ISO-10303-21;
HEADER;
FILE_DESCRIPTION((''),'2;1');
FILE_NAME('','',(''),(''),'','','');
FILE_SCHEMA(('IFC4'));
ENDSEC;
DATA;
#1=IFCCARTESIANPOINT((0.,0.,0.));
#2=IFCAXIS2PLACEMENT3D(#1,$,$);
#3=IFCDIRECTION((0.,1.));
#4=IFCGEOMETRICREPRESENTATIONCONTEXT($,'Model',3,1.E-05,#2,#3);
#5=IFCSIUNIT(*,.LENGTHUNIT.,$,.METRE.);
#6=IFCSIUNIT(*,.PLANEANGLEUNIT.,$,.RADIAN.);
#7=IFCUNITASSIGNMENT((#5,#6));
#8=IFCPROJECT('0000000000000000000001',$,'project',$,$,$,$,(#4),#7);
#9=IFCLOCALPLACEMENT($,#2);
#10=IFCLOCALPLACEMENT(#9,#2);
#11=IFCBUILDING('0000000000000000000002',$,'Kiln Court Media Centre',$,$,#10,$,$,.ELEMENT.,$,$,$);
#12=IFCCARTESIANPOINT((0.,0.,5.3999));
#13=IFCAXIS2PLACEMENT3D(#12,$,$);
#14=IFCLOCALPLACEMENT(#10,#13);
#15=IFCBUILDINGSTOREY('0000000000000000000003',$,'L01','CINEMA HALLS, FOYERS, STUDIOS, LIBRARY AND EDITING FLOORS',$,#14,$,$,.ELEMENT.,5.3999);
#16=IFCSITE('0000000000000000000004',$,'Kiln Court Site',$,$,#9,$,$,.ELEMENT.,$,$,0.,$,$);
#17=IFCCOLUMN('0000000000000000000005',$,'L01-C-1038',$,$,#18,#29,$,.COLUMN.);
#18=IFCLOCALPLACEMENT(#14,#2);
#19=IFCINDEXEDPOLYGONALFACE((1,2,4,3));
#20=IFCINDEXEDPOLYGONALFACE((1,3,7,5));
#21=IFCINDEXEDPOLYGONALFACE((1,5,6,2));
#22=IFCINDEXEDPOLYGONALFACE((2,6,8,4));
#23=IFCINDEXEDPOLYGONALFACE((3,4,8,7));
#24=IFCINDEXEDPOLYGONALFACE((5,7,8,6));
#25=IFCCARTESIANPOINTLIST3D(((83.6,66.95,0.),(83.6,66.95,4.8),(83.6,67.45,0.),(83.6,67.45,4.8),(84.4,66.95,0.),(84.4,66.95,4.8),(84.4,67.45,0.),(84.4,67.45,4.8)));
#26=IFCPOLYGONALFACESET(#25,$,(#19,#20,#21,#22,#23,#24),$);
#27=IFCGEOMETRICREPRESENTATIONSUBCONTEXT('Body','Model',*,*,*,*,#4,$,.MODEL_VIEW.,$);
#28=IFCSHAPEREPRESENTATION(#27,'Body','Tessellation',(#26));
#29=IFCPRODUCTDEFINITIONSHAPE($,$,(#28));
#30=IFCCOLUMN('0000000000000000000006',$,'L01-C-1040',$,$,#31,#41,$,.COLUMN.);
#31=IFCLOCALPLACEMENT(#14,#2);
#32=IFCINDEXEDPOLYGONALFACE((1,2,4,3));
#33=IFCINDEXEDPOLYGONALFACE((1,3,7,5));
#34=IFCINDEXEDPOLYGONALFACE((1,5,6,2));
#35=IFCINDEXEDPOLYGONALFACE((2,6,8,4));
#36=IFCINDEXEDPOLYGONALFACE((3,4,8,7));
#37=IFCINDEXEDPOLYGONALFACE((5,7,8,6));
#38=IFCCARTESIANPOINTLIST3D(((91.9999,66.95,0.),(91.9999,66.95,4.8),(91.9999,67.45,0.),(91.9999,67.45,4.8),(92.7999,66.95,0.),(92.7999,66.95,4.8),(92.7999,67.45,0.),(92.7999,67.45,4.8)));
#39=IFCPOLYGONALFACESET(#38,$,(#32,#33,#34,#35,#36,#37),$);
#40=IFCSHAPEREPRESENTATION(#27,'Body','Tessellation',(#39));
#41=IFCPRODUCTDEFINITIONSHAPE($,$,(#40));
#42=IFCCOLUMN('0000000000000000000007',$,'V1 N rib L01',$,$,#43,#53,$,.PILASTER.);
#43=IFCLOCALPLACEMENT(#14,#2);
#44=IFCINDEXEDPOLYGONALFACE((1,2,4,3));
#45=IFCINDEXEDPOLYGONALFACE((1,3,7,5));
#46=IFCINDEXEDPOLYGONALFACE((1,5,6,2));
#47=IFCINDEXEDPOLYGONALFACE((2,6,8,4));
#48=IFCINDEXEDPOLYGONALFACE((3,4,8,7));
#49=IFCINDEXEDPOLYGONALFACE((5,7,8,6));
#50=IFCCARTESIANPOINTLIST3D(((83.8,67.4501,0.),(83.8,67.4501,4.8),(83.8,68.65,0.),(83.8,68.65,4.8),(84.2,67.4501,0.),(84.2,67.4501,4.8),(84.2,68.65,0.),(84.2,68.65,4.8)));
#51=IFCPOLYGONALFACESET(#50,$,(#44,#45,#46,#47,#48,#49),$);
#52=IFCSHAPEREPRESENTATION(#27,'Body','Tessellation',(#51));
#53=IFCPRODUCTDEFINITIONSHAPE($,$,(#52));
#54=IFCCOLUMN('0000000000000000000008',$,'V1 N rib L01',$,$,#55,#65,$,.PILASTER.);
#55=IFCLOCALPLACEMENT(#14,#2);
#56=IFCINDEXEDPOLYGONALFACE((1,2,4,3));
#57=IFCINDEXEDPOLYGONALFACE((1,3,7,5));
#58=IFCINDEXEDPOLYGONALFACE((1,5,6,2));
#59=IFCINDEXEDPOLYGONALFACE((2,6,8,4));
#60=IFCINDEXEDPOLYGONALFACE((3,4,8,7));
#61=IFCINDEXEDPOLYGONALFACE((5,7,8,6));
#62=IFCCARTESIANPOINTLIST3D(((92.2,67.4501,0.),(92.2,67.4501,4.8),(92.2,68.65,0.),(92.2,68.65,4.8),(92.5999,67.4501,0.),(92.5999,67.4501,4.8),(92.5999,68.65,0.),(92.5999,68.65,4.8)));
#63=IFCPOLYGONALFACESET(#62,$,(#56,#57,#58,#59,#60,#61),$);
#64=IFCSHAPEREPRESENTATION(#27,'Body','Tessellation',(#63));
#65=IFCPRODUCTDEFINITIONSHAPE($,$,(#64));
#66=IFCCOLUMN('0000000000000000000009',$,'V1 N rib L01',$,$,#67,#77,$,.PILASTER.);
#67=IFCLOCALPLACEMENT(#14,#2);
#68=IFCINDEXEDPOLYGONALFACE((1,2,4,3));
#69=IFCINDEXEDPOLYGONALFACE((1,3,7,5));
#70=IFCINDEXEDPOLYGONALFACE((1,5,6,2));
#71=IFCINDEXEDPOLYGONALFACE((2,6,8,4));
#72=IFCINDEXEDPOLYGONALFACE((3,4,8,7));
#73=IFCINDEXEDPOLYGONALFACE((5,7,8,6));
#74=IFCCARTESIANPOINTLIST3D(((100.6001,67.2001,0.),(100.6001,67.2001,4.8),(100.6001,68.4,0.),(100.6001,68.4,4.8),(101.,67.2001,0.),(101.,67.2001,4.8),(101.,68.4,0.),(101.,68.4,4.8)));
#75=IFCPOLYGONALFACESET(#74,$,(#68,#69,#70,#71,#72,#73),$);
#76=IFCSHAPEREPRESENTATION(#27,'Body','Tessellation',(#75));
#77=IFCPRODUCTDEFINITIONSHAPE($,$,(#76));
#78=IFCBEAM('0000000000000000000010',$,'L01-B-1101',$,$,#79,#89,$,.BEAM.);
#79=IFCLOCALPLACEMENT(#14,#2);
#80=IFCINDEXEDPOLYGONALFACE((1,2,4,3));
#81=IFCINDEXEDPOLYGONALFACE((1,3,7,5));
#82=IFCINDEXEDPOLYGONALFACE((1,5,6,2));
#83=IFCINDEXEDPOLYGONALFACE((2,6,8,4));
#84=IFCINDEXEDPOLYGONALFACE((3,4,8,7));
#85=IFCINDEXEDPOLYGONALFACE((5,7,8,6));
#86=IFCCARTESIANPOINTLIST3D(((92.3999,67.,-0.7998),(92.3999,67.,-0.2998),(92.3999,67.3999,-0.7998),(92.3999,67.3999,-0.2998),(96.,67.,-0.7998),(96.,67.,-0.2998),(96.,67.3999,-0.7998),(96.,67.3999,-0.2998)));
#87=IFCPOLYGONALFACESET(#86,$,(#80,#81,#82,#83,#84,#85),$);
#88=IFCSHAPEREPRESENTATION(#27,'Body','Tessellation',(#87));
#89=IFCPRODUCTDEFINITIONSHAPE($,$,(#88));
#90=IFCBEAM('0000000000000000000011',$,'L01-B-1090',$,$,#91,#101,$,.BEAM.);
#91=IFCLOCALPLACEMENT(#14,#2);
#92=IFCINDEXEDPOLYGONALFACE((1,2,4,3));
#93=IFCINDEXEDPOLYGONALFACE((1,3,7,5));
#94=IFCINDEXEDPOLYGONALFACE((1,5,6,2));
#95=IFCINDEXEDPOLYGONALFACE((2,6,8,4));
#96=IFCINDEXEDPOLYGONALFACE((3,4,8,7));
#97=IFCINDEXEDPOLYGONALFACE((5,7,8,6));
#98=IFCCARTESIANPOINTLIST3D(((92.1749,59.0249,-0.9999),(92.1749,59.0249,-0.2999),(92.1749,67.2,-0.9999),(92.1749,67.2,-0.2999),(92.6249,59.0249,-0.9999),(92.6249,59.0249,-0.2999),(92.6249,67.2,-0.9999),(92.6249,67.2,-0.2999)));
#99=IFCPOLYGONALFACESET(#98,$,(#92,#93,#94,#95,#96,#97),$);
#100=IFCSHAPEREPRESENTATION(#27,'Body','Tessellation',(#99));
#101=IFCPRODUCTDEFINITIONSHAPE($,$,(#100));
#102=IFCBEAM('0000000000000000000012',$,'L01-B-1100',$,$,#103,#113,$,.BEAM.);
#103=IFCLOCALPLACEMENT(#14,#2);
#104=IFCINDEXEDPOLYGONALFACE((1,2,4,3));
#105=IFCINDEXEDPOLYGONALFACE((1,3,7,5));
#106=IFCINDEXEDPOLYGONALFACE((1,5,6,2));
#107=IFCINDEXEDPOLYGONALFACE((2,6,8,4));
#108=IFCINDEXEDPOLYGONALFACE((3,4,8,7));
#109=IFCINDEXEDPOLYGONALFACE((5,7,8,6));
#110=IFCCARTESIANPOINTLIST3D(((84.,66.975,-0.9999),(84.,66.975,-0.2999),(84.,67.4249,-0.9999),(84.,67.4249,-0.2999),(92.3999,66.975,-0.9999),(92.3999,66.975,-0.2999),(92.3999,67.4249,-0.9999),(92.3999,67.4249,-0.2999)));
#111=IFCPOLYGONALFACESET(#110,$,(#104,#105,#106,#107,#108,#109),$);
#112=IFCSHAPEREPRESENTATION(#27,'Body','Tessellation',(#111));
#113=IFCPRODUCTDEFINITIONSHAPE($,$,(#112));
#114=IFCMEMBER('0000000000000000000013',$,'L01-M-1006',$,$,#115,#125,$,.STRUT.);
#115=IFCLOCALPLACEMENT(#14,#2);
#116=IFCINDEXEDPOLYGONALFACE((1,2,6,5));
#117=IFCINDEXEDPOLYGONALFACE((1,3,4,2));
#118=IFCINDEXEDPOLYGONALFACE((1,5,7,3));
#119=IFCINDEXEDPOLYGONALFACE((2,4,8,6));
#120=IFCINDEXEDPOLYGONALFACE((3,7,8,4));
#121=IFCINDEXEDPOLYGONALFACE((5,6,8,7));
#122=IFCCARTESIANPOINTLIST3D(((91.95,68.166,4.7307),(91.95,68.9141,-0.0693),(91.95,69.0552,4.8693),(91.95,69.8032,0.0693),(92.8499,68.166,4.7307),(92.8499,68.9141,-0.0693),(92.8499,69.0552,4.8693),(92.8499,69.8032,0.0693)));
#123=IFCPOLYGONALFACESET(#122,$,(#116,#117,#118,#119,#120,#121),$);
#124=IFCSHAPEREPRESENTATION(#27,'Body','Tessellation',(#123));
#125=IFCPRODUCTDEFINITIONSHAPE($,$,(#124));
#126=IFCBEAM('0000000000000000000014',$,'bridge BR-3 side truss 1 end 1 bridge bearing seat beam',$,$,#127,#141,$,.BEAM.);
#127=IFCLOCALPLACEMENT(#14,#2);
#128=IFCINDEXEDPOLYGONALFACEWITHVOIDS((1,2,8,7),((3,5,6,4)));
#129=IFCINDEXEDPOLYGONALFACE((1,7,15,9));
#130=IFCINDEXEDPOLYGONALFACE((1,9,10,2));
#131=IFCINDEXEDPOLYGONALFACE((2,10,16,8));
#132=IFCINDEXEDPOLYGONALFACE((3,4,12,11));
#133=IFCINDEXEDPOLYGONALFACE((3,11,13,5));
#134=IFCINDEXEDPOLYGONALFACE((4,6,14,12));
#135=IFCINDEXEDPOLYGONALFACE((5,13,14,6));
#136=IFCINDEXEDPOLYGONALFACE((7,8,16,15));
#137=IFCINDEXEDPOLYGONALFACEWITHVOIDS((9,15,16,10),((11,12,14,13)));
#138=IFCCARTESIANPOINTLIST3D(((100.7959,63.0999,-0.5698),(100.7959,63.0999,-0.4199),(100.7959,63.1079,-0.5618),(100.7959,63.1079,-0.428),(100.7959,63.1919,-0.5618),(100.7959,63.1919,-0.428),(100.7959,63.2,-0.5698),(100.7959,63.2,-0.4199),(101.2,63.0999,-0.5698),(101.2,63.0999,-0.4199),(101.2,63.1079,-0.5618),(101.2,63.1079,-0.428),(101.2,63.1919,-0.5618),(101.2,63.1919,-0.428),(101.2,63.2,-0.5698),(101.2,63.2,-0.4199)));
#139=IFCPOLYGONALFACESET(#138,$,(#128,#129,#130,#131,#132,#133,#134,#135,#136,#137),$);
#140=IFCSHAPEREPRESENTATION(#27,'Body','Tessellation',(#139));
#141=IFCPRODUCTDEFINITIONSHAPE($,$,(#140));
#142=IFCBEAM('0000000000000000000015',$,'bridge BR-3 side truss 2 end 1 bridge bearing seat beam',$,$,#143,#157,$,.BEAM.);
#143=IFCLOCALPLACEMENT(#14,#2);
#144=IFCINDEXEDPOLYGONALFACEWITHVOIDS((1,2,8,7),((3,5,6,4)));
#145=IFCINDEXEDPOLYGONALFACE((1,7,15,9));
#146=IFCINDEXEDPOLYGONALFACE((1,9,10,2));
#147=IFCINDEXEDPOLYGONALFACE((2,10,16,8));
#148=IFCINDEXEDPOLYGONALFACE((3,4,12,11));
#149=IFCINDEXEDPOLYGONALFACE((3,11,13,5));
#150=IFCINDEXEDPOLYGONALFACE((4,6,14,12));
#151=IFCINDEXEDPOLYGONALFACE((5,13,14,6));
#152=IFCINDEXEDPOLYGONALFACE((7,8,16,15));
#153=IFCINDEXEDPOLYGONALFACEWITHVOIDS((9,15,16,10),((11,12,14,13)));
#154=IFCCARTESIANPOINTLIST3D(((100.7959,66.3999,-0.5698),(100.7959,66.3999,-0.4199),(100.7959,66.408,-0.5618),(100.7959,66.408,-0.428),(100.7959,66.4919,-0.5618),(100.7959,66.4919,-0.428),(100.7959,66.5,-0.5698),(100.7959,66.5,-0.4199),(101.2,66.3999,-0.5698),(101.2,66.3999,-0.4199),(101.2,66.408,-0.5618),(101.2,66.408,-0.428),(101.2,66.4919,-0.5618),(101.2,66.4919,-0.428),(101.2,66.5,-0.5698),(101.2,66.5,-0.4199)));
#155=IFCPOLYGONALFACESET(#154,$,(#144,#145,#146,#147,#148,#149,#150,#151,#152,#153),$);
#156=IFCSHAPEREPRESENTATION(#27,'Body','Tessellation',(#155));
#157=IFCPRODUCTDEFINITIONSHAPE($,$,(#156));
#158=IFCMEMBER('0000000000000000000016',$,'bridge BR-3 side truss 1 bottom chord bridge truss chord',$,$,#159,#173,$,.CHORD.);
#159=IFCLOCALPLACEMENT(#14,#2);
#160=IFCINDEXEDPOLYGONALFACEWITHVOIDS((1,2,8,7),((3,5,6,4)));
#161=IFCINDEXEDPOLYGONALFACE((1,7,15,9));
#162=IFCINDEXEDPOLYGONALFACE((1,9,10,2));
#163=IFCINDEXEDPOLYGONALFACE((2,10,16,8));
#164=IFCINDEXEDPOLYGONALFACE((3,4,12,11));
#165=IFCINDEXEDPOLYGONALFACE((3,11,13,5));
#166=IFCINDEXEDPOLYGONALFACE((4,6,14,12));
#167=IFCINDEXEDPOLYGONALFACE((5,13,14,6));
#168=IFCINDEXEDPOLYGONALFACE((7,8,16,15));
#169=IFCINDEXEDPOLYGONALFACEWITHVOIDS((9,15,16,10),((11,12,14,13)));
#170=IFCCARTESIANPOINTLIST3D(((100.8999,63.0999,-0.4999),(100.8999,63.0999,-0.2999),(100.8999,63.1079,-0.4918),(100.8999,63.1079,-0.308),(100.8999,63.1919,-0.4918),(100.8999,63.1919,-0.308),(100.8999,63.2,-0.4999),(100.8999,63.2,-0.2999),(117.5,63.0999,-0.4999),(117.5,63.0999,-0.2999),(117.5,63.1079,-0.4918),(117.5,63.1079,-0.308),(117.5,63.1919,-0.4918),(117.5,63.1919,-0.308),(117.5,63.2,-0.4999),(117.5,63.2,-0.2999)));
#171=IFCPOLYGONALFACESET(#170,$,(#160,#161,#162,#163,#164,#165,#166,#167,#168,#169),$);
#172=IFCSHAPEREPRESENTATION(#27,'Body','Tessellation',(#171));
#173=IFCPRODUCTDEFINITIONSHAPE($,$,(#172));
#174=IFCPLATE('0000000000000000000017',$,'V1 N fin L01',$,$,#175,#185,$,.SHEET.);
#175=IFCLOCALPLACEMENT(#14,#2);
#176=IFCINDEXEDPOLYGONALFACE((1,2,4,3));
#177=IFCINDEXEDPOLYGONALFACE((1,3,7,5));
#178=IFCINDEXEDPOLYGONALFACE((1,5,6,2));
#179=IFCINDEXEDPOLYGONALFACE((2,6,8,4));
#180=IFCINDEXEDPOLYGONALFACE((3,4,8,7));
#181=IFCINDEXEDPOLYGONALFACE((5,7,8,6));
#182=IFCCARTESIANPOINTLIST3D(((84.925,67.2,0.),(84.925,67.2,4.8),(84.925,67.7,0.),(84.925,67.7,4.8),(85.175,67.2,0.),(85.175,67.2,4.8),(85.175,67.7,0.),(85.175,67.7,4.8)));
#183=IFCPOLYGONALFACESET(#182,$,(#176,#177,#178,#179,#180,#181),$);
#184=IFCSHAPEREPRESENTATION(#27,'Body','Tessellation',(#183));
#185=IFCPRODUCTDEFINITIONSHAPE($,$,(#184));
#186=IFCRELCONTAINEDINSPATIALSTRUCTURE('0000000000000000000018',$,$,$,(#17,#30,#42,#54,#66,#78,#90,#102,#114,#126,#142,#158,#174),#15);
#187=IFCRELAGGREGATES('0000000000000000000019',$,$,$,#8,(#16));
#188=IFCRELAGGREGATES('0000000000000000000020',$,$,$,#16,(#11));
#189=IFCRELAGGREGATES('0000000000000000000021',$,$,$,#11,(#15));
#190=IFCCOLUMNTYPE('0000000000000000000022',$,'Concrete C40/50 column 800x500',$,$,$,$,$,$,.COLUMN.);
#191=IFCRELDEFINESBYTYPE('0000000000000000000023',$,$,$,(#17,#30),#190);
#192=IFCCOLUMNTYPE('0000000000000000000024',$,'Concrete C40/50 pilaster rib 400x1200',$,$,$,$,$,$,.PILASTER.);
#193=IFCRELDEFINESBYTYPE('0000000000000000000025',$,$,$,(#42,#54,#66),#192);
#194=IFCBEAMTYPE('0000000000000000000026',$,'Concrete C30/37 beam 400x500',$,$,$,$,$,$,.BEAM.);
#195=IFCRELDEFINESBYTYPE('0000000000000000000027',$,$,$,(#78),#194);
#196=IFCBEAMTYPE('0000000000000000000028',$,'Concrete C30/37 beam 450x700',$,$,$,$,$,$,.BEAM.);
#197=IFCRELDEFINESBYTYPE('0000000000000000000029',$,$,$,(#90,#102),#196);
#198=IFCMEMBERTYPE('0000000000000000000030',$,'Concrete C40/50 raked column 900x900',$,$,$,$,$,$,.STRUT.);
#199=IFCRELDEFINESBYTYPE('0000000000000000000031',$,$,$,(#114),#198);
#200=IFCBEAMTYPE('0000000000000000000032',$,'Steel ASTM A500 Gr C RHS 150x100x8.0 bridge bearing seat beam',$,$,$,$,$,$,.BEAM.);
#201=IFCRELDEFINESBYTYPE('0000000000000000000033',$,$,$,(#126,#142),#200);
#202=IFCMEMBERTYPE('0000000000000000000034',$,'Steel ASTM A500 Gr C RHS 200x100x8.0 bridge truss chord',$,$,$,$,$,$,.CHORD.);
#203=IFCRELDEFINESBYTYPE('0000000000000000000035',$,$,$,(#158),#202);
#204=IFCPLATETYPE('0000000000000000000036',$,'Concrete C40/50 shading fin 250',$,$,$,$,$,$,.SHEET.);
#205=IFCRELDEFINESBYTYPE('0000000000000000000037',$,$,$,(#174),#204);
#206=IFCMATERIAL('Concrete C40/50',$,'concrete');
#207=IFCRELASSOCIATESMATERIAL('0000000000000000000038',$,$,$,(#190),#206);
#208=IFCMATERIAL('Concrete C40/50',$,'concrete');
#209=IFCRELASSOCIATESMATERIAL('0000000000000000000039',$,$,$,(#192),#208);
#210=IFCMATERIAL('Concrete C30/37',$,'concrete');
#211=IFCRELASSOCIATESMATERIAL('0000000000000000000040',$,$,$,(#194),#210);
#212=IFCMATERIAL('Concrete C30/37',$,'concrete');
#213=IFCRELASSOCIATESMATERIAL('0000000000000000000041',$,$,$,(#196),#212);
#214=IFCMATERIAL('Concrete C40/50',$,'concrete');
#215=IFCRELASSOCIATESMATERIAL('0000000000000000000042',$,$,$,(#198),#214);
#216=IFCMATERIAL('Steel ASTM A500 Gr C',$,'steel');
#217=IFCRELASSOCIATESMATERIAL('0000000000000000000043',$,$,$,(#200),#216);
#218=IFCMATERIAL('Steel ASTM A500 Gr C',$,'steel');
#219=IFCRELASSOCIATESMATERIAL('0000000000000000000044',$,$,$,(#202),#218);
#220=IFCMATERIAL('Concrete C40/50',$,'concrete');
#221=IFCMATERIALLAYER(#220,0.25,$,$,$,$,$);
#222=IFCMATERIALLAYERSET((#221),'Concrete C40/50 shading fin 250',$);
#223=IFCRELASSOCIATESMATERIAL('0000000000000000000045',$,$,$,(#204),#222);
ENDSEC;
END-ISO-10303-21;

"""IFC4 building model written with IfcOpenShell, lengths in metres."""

from ifc_helpers import new_model, si_unit, direction, frame, origin, origin_2d, place, context, subcontext, project, spatial, rectangle, hollow_rectangle, extrude, material, layer, layer_set, material_profile, profile_set, type_object, element, save


model = new_model("IFC4")

# Units and contexts
model_context = context("Model", 3, precision=1e-05, world=origin(), true_north=direction((0.0, 1.0)))
body_context = subcontext(model_context, "Body", "Model", "MODEL_VIEW")
ifc_project = project(units=[si_unit("LENGTHUNIT", "METRE"), si_unit("PLANEANGLEUNIT", "RADIAN")], contexts=[model_context])

# Site, building, storey
site_placement = place(None, origin())
site = spatial("IfcSite", under=ifc_project, at=site_placement, Name="Kiln Court Site", CompositionType="ELEMENT", RefElevation=0.0)
building_placement = place(site_placement, origin())
building = spatial("IfcBuilding", under=site, at=building_placement, Name="Kiln Court Media Centre", CompositionType="ELEMENT")
storey_placement = place(building_placement, frame((0.0, 0.0, 5.3999)))
storey = spatial("IfcBuildingStorey", under=building, at=storey_placement, Name="L01", Description="CINEMA HALLS, FOYERS, STUDIOS, LIBRARY AND EDITING FLOORS", CompositionType="ELEMENT", Elevation=5.3999)

# Columns
ifc_material_1 = material(Name="Concrete C40/50", Category="concrete")
ifc_material_profile_1 = material_profile(ifc_material_1, rectangle(XDim=0.8, YDim=0.5, at=origin_2d()), Name="RC 800x500")
ifc_profile_set_1 = profile_set([ifc_material_profile_1], Name="Concrete C40/50")
column_type_1 = type_object("IfcColumnType", Name="Concrete C40/50 column 800x500", PredefinedType="COLUMN", material=ifc_profile_set_1)
for number, where, z_axis, x_axis, name in (
    (1, (84.0, 67.2, 0.0), (0.0, 0.0, 1.0), (1.0, 0.0, 0.0), "L01-C-1038"),
    (2, (92.3999, 67.2, 0.0), (0.0, 0.0, 1.0), (1.0, 0.0, 0.0), "L01-C-1040"),
):
    element("IfcColumn", number, at=place(storey_placement, frame(where, z_axis=z_axis, x_axis=x_axis)), inside=storey, type_object=column_type_1, Name=name, PredefinedType="COLUMN", context=body_context, shape_type="SweptSolid", body=[
        extrude(rectangle(XDim=0.8, YDim=0.5, at=origin_2d()), origin(), (0.0, 0.0, 1.0), 4.8),
    ])
ifc_material_2 = material(Name="Concrete C40/50", Category="concrete")
ifc_material_profile_2 = material_profile(ifc_material_2, rectangle(XDim=0.3999, YDim=1.2, at=origin_2d()), Name="RC 400x1200")
ifc_profile_set_2 = profile_set([ifc_material_profile_2], Name="Concrete C40/50")
column_type_2 = type_object("IfcColumnType", Name="Concrete C40/50 pilaster rib 400x1200", PredefinedType="PILASTER", material=ifc_profile_set_2)
for number, where, z_axis, x_axis, name in (
    (3, (84.0, 68.05, 0.0), (0.0, 0.0, 1.0), (1.0, 0.0, 0.0), "V1 N rib L01"),
    (4, (92.3999, 68.05, 0.0), (0.0, 0.0, 1.0), (1.0, 0.0, 0.0), "V1 N rib L01"),
    (5, (100.8, 67.8, 0.0), (0.0, 0.0, 1.0), (1.0, 0.0, 0.0), "V1 N rib L01"),
):
    element("IfcColumn", number, at=place(storey_placement, frame(where, z_axis=z_axis, x_axis=x_axis)), inside=storey, type_object=column_type_2, Name=name, PredefinedType="PILASTER", context=body_context, shape_type="SweptSolid", body=[
        extrude(rectangle(XDim=0.3999, YDim=1.2, at=origin_2d()), origin(), (0.0, 0.0, 1.0), 4.8),
    ])

# Beams
ifc_material_3 = material(Name="Concrete C30/37", Category="concrete")
ifc_material_profile_3 = material_profile(ifc_material_3, rectangle(XDim=0.3999, YDim=0.5, at=origin_2d()), Name="RC 400x500")
ifc_profile_set_3 = profile_set([ifc_material_profile_3], Name="Concrete C30/37")
beam_type_1 = type_object("IfcBeamType", Name="Concrete C30/37 beam 400x500", PredefinedType="BEAM", material=ifc_profile_set_3)
beam_1_placement = place(storey_placement, frame((92.3999, 67.2, -0.5498), z_axis=(1.0, 0.0, 0.0), x_axis=(0.0, 1.0, 0.0)))
element("IfcBeam", 6, at=beam_1_placement, inside=storey, type_object=beam_type_1, Name="L01-B-1101", PredefinedType="BEAM", context=body_context, shape_type="SweptSolid", body=[
    extrude(rectangle(XDim=0.3999, YDim=0.5, at=origin_2d()), origin(), (0.0, 0.0, 1.0), 3.6001),
])
ifc_material_4 = material(Name="Concrete C30/37", Category="concrete")
ifc_material_profile_4 = material_profile(ifc_material_4, rectangle(XDim=0.45, YDim=0.7, at=origin_2d()), Name="RC 450x700")
ifc_profile_set_4 = profile_set([ifc_material_profile_4], Name="Concrete C30/37")
beam_type_2 = type_object("IfcBeamType", Name="Concrete C30/37 beam 450x700", PredefinedType="BEAM", material=ifc_profile_set_4)
beam_2_placement = place(storey_placement, frame((92.3999, 59.0249, -0.6499), z_axis=(0.0, 1.0, 0.0), x_axis=(-1.0, 0.0, 0.0)))
element("IfcBeam", 7, at=beam_2_placement, inside=storey, type_object=beam_type_2, Name="L01-B-1090", PredefinedType="BEAM", context=body_context, shape_type="SweptSolid", body=[
    extrude(rectangle(XDim=0.45, YDim=0.7, at=origin_2d()), origin(), (0.0, 0.0, 1.0), 8.175),
])
beam_3_placement = place(storey_placement, frame((84.0, 67.2, -0.6499), z_axis=(1.0, 0.0, 0.0), x_axis=(0.0, 1.0, 0.0)))
element("IfcBeam", 8, at=beam_3_placement, inside=storey, type_object=beam_type_2, Name="L01-B-1100", PredefinedType="BEAM", context=body_context, shape_type="SweptSolid", body=[
    extrude(rectangle(XDim=0.45, YDim=0.7, at=origin_2d()), origin(), (0.0, 0.0, 1.0), 8.3999),
])

# Member
ifc_material_5 = material(Name="Concrete C40/50", Category="concrete")
ifc_material_profile_5 = material_profile(ifc_material_5, rectangle(XDim=0.8999, YDim=0.8999, at=origin_2d()), Name="RC 900x900")
ifc_profile_set_5 = profile_set([ifc_material_profile_5], Name="Concrete C40/50")
member_type_1 = type_object("IfcMemberType", Name="Concrete C40/50 raked column 900x900", PredefinedType="STRUT", material=ifc_profile_set_5)
member_1_placement = place(storey_placement, frame((92.3999, 69.3586, 0.0), z_axis=(0.0, -0.153983, 0.988074), x_axis=(1.0, 0.0, 0.0)))
element("IfcMember", 9, at=member_1_placement, inside=storey, type_object=member_type_1, Name="L01-M-1006", PredefinedType="STRUT", context=body_context, shape_type="SweptSolid", body=[
    extrude(rectangle(XDim=0.8999, YDim=0.8999, at=origin_2d()), origin(), (0.0, 0.0, 1.0), 4.8579),
])

# Beams
ifc_material_6 = material(Name="Steel ASTM A500 Gr C", Category="steel")
ifc_material_profile_6 = material_profile(ifc_material_6, hollow_rectangle(XDim=0.1001, YDim=0.1499, WallThickness=0.0081, at=origin_2d()), Name="RHS 150x100x8.0")
ifc_profile_set_6 = profile_set([ifc_material_profile_6], Name="Steel ASTM A500 Gr C")
beam_type_3 = type_object("IfcBeamType", Name="Steel ASTM A500 Gr C RHS 150x100x8.0 bridge bearing seat beam", PredefinedType="BEAM", material=ifc_profile_set_6)
for number, where, z_axis, x_axis, name in (
    (10, (100.7959, 63.1499, -0.4949), (1.0, 0.0, 0.0), (0.0, 1.0, 0.0), "bridge BR-3 side truss 1 end 1 bridge bearing seat beam"),
    (11, (100.7959, 66.45, -0.4949), (1.0, 0.0, 0.0), (0.0, 1.0, 0.0), "bridge BR-3 side truss 2 end 1 bridge bearing seat beam"),
):
    element("IfcBeam", number, at=place(storey_placement, frame(where, z_axis=z_axis, x_axis=x_axis)), inside=storey, type_object=beam_type_3, Name=name, PredefinedType="BEAM", context=body_context, shape_type="SweptSolid", body=[
        extrude(hollow_rectangle(XDim=0.1001, YDim=0.1499, WallThickness=0.0081, at=origin_2d()), origin(), (0.0, 0.0, 1.0), 0.4041),
    ])

# Member
ifc_material_7 = material(Name="Steel ASTM A500 Gr C", Category="steel")
ifc_material_profile_7 = material_profile(ifc_material_7, hollow_rectangle(XDim=0.1001, YDim=0.2, WallThickness=0.0081, at=origin_2d()), Name="RHS 200x100x8.0")
ifc_profile_set_7 = profile_set([ifc_material_profile_7], Name="Steel ASTM A500 Gr C")
member_type_2 = type_object("IfcMemberType", Name="Steel ASTM A500 Gr C RHS 200x100x8.0 bridge truss chord", PredefinedType="CHORD", material=ifc_profile_set_7)
member_2_placement = place(storey_placement, frame((100.8999, 63.1499, -0.3999), z_axis=(1.0, 0.0, 0.0), x_axis=(0.0, 1.0, 0.0)))
element("IfcMember", 12, at=member_2_placement, inside=storey, type_object=member_type_2, Name="bridge BR-3 side truss 1 bottom chord bridge truss chord", PredefinedType="CHORD", context=body_context, shape_type="SweptSolid", body=[
    extrude(hollow_rectangle(XDim=0.1001, YDim=0.2, WallThickness=0.0081, at=origin_2d()), origin(), (0.0, 0.0, 1.0), 16.6001),
])

# Plate
ifc_material_8 = material(Name="Concrete C40/50", Category="concrete")
ifc_layer_1 = layer(ifc_material_8, 0.25)
ifc_layer_set_1 = layer_set([ifc_layer_1], Name="Concrete C40/50 shading fin 250")
plate_type_1 = type_object("IfcPlateType", Name="Concrete C40/50 shading fin 250", PredefinedType="SHEET", material=ifc_layer_set_1)
for number, where, z_axis, x_axis, name in (
    (13, (85.05, 67.45, 0.0), (0.0, 0.0, 1.0), (1.0, 0.0, 0.0), "V1 N fin L01"),
):
    element("IfcPlate", number, at=place(storey_placement, frame(where, z_axis=z_axis, x_axis=x_axis)), inside=storey, type_object=plate_type_1, Name=name, PredefinedType="SHEET", context=body_context, shape_type="SweptSolid", body=[
        extrude(rectangle(XDim=0.25, YDim=0.5, at=origin_2d()), origin(), (0.0, 0.0, 1.0), 4.8),
    ])

save(model, "model.ifc")
